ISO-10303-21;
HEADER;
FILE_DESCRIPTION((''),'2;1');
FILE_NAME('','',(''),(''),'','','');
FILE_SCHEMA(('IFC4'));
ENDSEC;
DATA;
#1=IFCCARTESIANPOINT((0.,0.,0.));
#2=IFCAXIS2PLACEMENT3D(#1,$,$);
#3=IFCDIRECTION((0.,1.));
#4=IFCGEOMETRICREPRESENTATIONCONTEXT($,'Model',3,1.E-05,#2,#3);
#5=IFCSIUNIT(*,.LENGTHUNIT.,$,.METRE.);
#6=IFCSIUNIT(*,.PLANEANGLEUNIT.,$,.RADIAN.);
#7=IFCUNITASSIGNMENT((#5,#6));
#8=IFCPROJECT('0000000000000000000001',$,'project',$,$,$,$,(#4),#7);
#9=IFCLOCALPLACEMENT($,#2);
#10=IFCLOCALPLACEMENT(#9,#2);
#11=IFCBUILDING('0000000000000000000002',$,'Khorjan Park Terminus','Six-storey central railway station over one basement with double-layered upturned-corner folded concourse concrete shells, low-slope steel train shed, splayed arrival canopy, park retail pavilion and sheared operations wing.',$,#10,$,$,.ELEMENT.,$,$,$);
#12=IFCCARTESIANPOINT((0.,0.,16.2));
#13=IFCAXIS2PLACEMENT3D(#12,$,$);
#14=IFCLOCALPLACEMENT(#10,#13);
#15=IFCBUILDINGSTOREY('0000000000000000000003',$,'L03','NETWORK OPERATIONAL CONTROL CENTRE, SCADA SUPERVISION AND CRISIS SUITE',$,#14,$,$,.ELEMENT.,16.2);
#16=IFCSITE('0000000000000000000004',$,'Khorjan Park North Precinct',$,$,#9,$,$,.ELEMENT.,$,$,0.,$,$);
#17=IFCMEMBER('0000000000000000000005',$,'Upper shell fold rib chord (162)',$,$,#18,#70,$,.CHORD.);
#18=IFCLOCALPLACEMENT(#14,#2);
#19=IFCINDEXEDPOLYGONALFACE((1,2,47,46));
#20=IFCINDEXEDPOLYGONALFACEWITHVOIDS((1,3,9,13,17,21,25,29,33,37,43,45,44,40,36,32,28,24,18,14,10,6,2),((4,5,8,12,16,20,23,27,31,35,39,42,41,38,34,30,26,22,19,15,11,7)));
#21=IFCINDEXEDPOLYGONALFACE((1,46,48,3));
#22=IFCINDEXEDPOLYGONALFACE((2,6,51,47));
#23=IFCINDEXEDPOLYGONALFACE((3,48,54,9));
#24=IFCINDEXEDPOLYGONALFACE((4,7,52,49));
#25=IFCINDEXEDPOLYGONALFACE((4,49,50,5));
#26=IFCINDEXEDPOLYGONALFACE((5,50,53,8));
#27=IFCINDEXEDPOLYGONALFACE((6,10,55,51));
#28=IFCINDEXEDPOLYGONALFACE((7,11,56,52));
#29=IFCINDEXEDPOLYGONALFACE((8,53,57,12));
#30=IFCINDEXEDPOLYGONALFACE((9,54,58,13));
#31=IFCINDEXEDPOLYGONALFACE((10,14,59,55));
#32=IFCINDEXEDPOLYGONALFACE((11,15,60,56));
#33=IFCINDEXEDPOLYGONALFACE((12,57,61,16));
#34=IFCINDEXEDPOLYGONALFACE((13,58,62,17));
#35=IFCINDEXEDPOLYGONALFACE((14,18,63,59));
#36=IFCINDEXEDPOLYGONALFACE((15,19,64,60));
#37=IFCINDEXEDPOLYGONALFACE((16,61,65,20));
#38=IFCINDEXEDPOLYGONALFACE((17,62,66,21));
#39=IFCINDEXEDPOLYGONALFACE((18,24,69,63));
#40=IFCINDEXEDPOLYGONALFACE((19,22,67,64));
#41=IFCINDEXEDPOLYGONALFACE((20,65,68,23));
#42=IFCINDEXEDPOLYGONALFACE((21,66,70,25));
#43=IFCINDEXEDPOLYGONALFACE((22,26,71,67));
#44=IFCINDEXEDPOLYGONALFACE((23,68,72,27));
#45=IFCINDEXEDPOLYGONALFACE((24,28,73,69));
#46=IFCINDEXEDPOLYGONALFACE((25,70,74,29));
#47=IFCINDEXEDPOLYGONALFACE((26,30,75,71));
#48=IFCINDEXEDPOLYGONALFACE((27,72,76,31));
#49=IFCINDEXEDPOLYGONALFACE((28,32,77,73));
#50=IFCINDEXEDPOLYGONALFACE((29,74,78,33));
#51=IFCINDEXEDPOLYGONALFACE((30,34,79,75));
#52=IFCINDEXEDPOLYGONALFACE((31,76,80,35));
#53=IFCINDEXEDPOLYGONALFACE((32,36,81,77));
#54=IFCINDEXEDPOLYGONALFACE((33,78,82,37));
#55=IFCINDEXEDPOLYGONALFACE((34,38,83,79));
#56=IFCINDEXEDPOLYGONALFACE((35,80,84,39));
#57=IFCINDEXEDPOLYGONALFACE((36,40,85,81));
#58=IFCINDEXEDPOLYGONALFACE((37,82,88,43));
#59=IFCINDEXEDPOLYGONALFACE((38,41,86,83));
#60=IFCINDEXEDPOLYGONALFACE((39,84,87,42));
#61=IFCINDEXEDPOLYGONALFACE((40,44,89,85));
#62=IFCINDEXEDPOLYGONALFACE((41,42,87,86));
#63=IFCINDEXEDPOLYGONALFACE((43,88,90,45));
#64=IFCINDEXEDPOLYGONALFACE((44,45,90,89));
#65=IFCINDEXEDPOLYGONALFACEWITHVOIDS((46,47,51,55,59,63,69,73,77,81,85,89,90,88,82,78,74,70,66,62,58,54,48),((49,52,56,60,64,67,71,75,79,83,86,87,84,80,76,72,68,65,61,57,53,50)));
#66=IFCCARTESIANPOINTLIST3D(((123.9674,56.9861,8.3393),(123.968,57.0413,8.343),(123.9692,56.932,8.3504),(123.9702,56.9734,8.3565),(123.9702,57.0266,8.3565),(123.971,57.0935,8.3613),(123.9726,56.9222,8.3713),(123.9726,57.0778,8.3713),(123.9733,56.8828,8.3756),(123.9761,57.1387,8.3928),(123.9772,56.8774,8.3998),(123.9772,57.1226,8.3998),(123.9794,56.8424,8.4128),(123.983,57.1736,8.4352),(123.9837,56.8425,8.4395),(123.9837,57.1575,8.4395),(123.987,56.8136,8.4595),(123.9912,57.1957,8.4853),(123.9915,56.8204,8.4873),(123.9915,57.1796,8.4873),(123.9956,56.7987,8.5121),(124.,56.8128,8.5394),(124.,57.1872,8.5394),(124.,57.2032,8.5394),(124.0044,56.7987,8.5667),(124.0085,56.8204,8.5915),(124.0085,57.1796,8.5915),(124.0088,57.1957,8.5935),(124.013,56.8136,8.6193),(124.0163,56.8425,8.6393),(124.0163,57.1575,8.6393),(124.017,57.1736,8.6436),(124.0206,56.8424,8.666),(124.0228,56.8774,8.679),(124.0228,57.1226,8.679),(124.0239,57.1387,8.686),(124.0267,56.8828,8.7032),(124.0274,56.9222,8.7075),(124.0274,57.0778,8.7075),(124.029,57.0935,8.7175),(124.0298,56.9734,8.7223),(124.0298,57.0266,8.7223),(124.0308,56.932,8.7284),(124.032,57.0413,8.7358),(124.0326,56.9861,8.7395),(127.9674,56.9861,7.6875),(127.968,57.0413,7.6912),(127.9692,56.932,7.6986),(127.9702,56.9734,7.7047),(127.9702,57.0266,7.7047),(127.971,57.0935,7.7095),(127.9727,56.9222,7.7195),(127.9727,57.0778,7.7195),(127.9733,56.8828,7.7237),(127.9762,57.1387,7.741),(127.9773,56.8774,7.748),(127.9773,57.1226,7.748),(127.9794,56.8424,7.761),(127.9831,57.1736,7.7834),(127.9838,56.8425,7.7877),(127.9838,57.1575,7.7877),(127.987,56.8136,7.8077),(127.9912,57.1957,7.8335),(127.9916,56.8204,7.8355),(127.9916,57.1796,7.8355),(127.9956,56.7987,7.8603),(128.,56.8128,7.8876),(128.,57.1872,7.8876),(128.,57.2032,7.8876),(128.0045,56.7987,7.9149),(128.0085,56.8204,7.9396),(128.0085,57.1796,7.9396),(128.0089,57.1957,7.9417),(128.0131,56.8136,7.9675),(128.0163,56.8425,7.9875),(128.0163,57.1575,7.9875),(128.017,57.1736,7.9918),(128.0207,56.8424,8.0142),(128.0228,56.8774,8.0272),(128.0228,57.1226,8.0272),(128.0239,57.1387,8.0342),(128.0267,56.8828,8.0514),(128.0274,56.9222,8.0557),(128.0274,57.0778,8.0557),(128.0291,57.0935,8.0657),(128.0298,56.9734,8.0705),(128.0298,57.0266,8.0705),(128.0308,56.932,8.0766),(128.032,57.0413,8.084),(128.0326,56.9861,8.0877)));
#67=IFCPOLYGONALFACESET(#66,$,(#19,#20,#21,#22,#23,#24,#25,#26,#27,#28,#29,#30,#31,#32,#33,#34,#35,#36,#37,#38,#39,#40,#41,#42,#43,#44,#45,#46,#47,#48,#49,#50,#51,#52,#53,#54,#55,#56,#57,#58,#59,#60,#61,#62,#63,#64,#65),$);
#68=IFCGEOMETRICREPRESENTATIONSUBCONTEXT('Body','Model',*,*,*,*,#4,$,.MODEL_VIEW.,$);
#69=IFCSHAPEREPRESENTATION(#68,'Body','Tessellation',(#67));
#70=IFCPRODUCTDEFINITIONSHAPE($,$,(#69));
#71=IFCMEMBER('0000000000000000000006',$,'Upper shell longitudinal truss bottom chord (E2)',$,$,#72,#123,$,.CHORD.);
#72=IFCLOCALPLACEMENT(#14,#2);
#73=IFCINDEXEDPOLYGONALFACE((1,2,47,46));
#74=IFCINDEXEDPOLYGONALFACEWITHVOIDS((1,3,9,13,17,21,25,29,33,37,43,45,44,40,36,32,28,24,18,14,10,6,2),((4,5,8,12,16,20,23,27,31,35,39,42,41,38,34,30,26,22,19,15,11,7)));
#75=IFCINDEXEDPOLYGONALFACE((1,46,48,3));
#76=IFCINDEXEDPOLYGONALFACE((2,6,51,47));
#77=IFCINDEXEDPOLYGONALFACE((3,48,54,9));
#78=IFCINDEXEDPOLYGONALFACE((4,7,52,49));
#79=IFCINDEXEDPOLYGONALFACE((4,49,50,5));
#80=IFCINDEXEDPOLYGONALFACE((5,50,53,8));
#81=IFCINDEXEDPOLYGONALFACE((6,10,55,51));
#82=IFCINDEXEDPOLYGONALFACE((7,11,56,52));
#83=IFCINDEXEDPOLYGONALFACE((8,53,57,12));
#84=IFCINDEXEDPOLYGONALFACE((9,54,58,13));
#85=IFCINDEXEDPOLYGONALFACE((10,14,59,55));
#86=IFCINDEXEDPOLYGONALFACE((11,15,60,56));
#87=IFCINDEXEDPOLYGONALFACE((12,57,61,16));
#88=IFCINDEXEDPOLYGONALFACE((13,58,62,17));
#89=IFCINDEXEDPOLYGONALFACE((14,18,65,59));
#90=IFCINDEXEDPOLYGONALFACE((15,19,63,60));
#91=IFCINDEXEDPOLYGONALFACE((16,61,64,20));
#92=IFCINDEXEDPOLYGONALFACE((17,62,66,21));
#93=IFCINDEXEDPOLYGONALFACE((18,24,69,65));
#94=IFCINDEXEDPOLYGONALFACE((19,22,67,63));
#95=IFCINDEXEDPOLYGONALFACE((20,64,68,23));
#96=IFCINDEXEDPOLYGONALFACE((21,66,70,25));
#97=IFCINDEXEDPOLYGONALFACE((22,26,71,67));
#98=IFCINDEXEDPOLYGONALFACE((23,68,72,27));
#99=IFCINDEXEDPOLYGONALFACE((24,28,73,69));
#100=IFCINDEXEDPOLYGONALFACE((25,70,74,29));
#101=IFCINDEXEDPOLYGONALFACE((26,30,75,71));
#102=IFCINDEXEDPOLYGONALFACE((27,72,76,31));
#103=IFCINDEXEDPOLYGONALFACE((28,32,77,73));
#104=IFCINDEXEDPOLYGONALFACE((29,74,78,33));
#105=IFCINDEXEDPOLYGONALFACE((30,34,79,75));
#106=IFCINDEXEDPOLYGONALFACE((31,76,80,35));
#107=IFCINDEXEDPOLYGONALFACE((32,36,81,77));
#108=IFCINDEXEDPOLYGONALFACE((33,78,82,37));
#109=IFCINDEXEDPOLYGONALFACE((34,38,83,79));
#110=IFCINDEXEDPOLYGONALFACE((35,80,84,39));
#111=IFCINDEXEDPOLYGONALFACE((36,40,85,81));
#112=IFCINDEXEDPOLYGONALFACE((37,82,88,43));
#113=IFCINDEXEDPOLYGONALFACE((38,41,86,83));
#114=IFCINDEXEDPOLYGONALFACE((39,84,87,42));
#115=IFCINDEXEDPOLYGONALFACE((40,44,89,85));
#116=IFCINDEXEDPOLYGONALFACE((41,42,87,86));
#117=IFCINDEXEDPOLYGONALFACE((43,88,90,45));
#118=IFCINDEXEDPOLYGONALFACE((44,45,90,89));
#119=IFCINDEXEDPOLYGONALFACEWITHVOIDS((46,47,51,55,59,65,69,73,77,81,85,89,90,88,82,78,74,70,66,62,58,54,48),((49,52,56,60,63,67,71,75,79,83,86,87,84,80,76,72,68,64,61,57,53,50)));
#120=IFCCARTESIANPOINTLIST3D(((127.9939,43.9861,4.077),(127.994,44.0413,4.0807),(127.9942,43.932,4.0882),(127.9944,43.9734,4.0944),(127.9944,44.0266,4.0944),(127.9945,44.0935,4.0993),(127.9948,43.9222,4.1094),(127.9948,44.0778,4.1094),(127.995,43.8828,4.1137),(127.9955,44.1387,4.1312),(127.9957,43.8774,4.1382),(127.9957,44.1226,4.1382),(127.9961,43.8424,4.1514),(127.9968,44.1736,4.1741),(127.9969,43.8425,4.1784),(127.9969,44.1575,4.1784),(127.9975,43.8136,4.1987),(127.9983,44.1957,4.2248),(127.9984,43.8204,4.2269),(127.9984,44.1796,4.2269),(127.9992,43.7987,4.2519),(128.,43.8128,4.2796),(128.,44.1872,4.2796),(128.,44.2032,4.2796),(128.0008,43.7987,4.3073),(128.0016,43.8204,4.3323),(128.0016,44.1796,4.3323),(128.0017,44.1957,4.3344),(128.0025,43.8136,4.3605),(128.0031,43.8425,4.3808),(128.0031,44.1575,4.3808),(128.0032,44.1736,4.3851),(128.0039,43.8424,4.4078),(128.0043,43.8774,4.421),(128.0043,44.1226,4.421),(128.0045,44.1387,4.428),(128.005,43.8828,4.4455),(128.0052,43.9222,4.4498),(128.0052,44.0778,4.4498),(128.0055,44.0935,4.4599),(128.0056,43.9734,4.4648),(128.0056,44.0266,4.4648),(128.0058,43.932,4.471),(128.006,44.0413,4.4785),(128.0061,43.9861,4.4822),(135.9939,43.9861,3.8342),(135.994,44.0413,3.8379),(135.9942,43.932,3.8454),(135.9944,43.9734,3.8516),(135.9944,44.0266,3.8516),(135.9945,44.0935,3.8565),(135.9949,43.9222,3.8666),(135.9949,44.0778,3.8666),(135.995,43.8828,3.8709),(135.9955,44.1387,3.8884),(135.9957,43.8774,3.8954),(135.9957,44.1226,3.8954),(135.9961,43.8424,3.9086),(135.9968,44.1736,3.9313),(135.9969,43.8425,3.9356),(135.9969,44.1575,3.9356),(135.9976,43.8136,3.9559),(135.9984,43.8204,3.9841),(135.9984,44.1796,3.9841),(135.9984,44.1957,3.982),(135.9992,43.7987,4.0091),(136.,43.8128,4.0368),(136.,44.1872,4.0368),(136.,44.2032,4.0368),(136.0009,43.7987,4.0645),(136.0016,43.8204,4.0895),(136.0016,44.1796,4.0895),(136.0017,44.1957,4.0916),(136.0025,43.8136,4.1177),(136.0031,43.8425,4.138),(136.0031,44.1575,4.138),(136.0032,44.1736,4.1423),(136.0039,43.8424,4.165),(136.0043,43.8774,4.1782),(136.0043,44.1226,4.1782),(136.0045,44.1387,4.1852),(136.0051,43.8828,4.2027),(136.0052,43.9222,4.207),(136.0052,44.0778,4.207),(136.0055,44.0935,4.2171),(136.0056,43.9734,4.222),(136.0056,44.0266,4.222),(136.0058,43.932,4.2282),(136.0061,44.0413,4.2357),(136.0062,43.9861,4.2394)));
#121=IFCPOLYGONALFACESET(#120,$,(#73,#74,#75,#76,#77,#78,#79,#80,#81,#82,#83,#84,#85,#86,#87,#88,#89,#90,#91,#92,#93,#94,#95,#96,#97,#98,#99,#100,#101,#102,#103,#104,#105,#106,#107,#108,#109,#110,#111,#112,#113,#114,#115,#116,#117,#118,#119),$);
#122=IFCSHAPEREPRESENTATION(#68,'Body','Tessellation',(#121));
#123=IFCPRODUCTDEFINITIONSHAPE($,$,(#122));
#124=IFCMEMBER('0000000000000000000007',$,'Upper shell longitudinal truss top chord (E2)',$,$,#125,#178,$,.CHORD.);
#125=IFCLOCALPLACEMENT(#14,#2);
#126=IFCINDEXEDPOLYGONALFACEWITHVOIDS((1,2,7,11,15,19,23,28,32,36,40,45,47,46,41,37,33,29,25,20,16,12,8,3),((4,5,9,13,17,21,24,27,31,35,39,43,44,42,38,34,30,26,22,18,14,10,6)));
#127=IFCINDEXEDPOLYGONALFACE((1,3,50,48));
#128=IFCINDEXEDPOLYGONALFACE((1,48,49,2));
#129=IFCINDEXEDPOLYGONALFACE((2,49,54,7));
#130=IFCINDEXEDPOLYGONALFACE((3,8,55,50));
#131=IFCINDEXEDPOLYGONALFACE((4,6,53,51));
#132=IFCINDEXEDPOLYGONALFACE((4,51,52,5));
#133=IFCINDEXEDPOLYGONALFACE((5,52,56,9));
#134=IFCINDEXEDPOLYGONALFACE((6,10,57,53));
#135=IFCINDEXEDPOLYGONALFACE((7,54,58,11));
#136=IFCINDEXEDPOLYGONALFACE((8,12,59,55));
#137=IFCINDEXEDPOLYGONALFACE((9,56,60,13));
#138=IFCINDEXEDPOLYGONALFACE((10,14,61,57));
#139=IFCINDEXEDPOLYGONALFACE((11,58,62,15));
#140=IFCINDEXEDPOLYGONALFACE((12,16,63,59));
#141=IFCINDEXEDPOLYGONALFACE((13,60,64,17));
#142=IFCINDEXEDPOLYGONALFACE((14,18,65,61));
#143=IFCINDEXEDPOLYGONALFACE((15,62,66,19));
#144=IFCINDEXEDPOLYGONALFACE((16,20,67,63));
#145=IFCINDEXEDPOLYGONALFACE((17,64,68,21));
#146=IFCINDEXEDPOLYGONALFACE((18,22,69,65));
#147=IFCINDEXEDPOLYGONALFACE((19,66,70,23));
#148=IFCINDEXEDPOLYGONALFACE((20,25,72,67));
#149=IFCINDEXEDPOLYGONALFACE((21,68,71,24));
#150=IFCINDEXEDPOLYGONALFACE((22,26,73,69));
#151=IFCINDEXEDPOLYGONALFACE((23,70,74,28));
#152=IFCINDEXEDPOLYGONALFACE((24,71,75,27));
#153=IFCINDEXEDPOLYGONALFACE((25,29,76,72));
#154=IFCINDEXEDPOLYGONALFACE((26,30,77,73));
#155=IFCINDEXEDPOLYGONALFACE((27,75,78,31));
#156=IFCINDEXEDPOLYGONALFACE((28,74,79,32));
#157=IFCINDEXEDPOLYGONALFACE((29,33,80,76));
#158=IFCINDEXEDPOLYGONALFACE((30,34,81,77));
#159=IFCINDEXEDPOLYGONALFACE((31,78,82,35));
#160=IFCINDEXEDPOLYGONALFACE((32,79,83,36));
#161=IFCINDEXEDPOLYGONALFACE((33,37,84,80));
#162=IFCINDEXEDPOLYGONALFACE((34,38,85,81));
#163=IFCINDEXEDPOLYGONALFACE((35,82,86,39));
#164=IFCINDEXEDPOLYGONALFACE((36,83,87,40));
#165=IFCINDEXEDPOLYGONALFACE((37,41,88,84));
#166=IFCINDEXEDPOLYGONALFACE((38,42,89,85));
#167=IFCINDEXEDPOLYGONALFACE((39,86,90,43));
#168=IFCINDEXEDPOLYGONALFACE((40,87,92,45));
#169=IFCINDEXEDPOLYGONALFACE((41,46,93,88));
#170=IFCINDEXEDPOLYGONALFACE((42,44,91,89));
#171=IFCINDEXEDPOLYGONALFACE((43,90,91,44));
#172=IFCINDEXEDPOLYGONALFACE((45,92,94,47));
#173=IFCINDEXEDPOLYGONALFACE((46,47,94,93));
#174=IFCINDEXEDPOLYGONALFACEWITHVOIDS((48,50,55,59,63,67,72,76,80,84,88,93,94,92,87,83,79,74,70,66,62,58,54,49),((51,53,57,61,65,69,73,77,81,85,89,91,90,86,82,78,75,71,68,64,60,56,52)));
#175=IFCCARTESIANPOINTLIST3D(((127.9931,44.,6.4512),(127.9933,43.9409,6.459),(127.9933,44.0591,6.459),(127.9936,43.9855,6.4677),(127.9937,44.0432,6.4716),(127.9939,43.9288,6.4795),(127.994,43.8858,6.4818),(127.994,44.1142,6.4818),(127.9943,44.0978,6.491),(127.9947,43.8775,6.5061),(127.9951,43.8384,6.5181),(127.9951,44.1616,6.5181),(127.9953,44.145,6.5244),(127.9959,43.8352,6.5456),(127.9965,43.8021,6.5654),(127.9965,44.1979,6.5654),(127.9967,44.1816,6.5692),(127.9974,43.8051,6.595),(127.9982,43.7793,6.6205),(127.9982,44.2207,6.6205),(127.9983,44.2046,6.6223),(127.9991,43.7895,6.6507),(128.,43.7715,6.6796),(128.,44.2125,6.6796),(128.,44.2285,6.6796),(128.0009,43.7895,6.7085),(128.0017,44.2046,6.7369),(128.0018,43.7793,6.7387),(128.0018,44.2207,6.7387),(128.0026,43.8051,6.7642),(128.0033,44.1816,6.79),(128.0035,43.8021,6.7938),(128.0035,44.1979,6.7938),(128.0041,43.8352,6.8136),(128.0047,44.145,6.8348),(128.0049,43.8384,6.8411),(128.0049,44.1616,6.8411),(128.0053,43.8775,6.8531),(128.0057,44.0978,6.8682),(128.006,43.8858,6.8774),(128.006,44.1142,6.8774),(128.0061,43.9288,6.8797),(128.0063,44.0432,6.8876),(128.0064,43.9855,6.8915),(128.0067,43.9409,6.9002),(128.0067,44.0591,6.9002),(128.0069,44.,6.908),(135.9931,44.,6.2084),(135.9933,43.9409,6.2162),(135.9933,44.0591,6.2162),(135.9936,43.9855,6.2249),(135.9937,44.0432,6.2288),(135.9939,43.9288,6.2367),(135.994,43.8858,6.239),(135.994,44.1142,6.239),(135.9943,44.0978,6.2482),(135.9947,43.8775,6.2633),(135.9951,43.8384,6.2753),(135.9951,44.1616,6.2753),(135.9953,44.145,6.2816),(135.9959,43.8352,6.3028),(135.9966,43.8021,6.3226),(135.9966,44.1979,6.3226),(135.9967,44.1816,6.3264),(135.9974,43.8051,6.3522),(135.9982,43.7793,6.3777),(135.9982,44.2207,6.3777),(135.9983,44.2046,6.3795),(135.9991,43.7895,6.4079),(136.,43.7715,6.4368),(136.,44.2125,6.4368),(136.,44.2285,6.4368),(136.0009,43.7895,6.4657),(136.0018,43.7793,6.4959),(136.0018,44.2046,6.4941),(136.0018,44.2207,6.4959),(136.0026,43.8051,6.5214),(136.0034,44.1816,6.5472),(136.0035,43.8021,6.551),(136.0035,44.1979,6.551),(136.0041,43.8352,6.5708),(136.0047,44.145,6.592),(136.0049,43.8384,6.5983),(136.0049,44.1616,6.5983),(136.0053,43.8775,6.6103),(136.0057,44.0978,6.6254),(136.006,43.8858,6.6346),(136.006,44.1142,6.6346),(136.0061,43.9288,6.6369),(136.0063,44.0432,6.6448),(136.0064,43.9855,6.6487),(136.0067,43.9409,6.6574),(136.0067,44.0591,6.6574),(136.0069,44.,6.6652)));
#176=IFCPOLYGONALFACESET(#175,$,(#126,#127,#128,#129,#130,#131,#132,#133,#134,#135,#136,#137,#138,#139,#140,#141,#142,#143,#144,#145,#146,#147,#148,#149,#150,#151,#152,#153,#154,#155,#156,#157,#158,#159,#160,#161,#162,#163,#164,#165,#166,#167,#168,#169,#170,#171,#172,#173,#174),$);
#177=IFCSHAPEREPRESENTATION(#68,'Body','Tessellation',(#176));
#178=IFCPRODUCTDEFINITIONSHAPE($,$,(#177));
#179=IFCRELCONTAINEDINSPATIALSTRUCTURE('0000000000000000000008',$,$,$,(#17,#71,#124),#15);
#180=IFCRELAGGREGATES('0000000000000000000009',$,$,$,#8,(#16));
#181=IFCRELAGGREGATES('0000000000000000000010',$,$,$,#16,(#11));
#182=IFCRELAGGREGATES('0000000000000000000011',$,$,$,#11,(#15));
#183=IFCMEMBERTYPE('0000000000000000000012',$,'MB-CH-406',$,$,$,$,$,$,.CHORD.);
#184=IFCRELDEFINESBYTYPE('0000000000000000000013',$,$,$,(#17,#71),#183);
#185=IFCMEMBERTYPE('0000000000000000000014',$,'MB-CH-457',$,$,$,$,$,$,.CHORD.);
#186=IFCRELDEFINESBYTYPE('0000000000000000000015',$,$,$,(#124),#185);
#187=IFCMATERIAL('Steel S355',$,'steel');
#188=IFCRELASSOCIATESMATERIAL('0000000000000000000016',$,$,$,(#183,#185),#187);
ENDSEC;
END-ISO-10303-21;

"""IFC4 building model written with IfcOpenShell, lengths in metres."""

from ifc_helpers import new_model, si_unit, direction, frame, origin, origin_2d, place, context, subcontext, project, spatial, hollow_circle, extrude, material, material_profile, profile_set, type_object, element, save


model = new_model("IFC4")

# Units and contexts
model_context = context("Model", 3, precision=1e-05, world=origin(), true_north=direction((0.0, 1.0)))
body_context = subcontext(model_context, "Body", "Model", "MODEL_VIEW")
ifc_project = project(units=[si_unit("LENGTHUNIT", "METRE"), si_unit("PLANEANGLEUNIT", "RADIAN")], contexts=[model_context])

# Site, building, storey
site_placement = place(None, origin())
site = spatial("IfcSite", under=ifc_project, at=site_placement, Name="Khorjan Park North Precinct", CompositionType="ELEMENT", RefElevation=0.0)
building_placement = place(site_placement, origin())
building = spatial("IfcBuilding", under=site, at=building_placement, Name="Khorjan Park Terminus", Description="Six-storey central railway station over one basement with double-layered upturned-corner folded concourse concrete shells, low-slope steel train shed, splayed arrival canopy, park retail pavilion and sheared operations wing.", CompositionType="ELEMENT")
storey_placement = place(building_placement, frame((0.0, 0.0, 16.2)))
storey = spatial("IfcBuildingStorey", under=building, at=storey_placement, Name="L03", Description="NETWORK OPERATIONAL CONTROL CENTRE, SCADA SUPERVISION AND CRISIS SUITE", CompositionType="ELEMENT", Elevation=16.2)

# Members
ifc_material = material(Name="Steel S355", Category="steel")
ifc_material_profile_1 = material_profile(ifc_material, hollow_circle(Radius=0.2032, WallThickness=0.016, at=origin_2d()), Name="CHS 406.4x16")
ifc_profile_set_1 = profile_set([ifc_material_profile_1], Name="Steel S355")
member_type_1 = type_object("IfcMemberType", Name="MB-CH-406", PredefinedType="CHORD", material=ifc_profile_set_1)
member_1_placement = place(storey_placement, frame((124.0, 57.0, 8.5394), z_axis=(0.986982, 0.0, -0.160829), x_axis=(0.0, 1.0, 0.0)))
element("IfcMember", 1, at=member_1_placement, inside=storey, type_object=member_type_1, Name="Upper shell fold rib chord (162)", PredefinedType="CHORD", context=body_context, shape_type="SweptSolid", body=[
    extrude(hollow_circle(Radius=0.2032, WallThickness=0.016, at=origin_2d()), origin(), (0.0, 0.0, 1.0), 4.0528),
])
member_2_placement = place(storey_placement, frame((128.0, 44.0, 4.2796), z_axis=(0.99954, 0.0, -0.030336), x_axis=(0.0, 1.0, 0.0)))
element("IfcMember", 2, at=member_2_placement, inside=storey, type_object=member_type_1, Name="Upper shell longitudinal truss bottom chord (E2)", PredefinedType="CHORD", context=body_context, shape_type="SweptSolid", body=[
    extrude(hollow_circle(Radius=0.2032, WallThickness=0.016, at=origin_2d()), origin(), (0.0, 0.0, 1.0), 8.0037),
])
ifc_material_profile_2 = material_profile(ifc_material, hollow_circle(Radius=0.2285, WallThickness=0.016, at=origin_2d()), Name="CHS 457x16")
ifc_profile_set_2 = profile_set([ifc_material_profile_2], Name="Steel S355")
member_type_2 = type_object("IfcMemberType", Name="MB-CH-457", PredefinedType="CHORD", material=ifc_profile_set_2)
member_3_placement = place(storey_placement, frame((128.0, 44.0, 6.6796), z_axis=(0.99954, 0.0, -0.030336), x_axis=(0.0, 1.0, 0.0)))
element("IfcMember", 3, at=member_3_placement, inside=storey, type_object=member_type_2, Name="Upper shell longitudinal truss top chord (E2)", PredefinedType="CHORD", context=body_context, shape_type="SweptSolid", body=[
    extrude(hollow_circle(Radius=0.2285, WallThickness=0.016, at=origin_2d()), origin(), (0.0, 0.0, 1.0), 8.0037),
])

save(model, "model.ifc")
